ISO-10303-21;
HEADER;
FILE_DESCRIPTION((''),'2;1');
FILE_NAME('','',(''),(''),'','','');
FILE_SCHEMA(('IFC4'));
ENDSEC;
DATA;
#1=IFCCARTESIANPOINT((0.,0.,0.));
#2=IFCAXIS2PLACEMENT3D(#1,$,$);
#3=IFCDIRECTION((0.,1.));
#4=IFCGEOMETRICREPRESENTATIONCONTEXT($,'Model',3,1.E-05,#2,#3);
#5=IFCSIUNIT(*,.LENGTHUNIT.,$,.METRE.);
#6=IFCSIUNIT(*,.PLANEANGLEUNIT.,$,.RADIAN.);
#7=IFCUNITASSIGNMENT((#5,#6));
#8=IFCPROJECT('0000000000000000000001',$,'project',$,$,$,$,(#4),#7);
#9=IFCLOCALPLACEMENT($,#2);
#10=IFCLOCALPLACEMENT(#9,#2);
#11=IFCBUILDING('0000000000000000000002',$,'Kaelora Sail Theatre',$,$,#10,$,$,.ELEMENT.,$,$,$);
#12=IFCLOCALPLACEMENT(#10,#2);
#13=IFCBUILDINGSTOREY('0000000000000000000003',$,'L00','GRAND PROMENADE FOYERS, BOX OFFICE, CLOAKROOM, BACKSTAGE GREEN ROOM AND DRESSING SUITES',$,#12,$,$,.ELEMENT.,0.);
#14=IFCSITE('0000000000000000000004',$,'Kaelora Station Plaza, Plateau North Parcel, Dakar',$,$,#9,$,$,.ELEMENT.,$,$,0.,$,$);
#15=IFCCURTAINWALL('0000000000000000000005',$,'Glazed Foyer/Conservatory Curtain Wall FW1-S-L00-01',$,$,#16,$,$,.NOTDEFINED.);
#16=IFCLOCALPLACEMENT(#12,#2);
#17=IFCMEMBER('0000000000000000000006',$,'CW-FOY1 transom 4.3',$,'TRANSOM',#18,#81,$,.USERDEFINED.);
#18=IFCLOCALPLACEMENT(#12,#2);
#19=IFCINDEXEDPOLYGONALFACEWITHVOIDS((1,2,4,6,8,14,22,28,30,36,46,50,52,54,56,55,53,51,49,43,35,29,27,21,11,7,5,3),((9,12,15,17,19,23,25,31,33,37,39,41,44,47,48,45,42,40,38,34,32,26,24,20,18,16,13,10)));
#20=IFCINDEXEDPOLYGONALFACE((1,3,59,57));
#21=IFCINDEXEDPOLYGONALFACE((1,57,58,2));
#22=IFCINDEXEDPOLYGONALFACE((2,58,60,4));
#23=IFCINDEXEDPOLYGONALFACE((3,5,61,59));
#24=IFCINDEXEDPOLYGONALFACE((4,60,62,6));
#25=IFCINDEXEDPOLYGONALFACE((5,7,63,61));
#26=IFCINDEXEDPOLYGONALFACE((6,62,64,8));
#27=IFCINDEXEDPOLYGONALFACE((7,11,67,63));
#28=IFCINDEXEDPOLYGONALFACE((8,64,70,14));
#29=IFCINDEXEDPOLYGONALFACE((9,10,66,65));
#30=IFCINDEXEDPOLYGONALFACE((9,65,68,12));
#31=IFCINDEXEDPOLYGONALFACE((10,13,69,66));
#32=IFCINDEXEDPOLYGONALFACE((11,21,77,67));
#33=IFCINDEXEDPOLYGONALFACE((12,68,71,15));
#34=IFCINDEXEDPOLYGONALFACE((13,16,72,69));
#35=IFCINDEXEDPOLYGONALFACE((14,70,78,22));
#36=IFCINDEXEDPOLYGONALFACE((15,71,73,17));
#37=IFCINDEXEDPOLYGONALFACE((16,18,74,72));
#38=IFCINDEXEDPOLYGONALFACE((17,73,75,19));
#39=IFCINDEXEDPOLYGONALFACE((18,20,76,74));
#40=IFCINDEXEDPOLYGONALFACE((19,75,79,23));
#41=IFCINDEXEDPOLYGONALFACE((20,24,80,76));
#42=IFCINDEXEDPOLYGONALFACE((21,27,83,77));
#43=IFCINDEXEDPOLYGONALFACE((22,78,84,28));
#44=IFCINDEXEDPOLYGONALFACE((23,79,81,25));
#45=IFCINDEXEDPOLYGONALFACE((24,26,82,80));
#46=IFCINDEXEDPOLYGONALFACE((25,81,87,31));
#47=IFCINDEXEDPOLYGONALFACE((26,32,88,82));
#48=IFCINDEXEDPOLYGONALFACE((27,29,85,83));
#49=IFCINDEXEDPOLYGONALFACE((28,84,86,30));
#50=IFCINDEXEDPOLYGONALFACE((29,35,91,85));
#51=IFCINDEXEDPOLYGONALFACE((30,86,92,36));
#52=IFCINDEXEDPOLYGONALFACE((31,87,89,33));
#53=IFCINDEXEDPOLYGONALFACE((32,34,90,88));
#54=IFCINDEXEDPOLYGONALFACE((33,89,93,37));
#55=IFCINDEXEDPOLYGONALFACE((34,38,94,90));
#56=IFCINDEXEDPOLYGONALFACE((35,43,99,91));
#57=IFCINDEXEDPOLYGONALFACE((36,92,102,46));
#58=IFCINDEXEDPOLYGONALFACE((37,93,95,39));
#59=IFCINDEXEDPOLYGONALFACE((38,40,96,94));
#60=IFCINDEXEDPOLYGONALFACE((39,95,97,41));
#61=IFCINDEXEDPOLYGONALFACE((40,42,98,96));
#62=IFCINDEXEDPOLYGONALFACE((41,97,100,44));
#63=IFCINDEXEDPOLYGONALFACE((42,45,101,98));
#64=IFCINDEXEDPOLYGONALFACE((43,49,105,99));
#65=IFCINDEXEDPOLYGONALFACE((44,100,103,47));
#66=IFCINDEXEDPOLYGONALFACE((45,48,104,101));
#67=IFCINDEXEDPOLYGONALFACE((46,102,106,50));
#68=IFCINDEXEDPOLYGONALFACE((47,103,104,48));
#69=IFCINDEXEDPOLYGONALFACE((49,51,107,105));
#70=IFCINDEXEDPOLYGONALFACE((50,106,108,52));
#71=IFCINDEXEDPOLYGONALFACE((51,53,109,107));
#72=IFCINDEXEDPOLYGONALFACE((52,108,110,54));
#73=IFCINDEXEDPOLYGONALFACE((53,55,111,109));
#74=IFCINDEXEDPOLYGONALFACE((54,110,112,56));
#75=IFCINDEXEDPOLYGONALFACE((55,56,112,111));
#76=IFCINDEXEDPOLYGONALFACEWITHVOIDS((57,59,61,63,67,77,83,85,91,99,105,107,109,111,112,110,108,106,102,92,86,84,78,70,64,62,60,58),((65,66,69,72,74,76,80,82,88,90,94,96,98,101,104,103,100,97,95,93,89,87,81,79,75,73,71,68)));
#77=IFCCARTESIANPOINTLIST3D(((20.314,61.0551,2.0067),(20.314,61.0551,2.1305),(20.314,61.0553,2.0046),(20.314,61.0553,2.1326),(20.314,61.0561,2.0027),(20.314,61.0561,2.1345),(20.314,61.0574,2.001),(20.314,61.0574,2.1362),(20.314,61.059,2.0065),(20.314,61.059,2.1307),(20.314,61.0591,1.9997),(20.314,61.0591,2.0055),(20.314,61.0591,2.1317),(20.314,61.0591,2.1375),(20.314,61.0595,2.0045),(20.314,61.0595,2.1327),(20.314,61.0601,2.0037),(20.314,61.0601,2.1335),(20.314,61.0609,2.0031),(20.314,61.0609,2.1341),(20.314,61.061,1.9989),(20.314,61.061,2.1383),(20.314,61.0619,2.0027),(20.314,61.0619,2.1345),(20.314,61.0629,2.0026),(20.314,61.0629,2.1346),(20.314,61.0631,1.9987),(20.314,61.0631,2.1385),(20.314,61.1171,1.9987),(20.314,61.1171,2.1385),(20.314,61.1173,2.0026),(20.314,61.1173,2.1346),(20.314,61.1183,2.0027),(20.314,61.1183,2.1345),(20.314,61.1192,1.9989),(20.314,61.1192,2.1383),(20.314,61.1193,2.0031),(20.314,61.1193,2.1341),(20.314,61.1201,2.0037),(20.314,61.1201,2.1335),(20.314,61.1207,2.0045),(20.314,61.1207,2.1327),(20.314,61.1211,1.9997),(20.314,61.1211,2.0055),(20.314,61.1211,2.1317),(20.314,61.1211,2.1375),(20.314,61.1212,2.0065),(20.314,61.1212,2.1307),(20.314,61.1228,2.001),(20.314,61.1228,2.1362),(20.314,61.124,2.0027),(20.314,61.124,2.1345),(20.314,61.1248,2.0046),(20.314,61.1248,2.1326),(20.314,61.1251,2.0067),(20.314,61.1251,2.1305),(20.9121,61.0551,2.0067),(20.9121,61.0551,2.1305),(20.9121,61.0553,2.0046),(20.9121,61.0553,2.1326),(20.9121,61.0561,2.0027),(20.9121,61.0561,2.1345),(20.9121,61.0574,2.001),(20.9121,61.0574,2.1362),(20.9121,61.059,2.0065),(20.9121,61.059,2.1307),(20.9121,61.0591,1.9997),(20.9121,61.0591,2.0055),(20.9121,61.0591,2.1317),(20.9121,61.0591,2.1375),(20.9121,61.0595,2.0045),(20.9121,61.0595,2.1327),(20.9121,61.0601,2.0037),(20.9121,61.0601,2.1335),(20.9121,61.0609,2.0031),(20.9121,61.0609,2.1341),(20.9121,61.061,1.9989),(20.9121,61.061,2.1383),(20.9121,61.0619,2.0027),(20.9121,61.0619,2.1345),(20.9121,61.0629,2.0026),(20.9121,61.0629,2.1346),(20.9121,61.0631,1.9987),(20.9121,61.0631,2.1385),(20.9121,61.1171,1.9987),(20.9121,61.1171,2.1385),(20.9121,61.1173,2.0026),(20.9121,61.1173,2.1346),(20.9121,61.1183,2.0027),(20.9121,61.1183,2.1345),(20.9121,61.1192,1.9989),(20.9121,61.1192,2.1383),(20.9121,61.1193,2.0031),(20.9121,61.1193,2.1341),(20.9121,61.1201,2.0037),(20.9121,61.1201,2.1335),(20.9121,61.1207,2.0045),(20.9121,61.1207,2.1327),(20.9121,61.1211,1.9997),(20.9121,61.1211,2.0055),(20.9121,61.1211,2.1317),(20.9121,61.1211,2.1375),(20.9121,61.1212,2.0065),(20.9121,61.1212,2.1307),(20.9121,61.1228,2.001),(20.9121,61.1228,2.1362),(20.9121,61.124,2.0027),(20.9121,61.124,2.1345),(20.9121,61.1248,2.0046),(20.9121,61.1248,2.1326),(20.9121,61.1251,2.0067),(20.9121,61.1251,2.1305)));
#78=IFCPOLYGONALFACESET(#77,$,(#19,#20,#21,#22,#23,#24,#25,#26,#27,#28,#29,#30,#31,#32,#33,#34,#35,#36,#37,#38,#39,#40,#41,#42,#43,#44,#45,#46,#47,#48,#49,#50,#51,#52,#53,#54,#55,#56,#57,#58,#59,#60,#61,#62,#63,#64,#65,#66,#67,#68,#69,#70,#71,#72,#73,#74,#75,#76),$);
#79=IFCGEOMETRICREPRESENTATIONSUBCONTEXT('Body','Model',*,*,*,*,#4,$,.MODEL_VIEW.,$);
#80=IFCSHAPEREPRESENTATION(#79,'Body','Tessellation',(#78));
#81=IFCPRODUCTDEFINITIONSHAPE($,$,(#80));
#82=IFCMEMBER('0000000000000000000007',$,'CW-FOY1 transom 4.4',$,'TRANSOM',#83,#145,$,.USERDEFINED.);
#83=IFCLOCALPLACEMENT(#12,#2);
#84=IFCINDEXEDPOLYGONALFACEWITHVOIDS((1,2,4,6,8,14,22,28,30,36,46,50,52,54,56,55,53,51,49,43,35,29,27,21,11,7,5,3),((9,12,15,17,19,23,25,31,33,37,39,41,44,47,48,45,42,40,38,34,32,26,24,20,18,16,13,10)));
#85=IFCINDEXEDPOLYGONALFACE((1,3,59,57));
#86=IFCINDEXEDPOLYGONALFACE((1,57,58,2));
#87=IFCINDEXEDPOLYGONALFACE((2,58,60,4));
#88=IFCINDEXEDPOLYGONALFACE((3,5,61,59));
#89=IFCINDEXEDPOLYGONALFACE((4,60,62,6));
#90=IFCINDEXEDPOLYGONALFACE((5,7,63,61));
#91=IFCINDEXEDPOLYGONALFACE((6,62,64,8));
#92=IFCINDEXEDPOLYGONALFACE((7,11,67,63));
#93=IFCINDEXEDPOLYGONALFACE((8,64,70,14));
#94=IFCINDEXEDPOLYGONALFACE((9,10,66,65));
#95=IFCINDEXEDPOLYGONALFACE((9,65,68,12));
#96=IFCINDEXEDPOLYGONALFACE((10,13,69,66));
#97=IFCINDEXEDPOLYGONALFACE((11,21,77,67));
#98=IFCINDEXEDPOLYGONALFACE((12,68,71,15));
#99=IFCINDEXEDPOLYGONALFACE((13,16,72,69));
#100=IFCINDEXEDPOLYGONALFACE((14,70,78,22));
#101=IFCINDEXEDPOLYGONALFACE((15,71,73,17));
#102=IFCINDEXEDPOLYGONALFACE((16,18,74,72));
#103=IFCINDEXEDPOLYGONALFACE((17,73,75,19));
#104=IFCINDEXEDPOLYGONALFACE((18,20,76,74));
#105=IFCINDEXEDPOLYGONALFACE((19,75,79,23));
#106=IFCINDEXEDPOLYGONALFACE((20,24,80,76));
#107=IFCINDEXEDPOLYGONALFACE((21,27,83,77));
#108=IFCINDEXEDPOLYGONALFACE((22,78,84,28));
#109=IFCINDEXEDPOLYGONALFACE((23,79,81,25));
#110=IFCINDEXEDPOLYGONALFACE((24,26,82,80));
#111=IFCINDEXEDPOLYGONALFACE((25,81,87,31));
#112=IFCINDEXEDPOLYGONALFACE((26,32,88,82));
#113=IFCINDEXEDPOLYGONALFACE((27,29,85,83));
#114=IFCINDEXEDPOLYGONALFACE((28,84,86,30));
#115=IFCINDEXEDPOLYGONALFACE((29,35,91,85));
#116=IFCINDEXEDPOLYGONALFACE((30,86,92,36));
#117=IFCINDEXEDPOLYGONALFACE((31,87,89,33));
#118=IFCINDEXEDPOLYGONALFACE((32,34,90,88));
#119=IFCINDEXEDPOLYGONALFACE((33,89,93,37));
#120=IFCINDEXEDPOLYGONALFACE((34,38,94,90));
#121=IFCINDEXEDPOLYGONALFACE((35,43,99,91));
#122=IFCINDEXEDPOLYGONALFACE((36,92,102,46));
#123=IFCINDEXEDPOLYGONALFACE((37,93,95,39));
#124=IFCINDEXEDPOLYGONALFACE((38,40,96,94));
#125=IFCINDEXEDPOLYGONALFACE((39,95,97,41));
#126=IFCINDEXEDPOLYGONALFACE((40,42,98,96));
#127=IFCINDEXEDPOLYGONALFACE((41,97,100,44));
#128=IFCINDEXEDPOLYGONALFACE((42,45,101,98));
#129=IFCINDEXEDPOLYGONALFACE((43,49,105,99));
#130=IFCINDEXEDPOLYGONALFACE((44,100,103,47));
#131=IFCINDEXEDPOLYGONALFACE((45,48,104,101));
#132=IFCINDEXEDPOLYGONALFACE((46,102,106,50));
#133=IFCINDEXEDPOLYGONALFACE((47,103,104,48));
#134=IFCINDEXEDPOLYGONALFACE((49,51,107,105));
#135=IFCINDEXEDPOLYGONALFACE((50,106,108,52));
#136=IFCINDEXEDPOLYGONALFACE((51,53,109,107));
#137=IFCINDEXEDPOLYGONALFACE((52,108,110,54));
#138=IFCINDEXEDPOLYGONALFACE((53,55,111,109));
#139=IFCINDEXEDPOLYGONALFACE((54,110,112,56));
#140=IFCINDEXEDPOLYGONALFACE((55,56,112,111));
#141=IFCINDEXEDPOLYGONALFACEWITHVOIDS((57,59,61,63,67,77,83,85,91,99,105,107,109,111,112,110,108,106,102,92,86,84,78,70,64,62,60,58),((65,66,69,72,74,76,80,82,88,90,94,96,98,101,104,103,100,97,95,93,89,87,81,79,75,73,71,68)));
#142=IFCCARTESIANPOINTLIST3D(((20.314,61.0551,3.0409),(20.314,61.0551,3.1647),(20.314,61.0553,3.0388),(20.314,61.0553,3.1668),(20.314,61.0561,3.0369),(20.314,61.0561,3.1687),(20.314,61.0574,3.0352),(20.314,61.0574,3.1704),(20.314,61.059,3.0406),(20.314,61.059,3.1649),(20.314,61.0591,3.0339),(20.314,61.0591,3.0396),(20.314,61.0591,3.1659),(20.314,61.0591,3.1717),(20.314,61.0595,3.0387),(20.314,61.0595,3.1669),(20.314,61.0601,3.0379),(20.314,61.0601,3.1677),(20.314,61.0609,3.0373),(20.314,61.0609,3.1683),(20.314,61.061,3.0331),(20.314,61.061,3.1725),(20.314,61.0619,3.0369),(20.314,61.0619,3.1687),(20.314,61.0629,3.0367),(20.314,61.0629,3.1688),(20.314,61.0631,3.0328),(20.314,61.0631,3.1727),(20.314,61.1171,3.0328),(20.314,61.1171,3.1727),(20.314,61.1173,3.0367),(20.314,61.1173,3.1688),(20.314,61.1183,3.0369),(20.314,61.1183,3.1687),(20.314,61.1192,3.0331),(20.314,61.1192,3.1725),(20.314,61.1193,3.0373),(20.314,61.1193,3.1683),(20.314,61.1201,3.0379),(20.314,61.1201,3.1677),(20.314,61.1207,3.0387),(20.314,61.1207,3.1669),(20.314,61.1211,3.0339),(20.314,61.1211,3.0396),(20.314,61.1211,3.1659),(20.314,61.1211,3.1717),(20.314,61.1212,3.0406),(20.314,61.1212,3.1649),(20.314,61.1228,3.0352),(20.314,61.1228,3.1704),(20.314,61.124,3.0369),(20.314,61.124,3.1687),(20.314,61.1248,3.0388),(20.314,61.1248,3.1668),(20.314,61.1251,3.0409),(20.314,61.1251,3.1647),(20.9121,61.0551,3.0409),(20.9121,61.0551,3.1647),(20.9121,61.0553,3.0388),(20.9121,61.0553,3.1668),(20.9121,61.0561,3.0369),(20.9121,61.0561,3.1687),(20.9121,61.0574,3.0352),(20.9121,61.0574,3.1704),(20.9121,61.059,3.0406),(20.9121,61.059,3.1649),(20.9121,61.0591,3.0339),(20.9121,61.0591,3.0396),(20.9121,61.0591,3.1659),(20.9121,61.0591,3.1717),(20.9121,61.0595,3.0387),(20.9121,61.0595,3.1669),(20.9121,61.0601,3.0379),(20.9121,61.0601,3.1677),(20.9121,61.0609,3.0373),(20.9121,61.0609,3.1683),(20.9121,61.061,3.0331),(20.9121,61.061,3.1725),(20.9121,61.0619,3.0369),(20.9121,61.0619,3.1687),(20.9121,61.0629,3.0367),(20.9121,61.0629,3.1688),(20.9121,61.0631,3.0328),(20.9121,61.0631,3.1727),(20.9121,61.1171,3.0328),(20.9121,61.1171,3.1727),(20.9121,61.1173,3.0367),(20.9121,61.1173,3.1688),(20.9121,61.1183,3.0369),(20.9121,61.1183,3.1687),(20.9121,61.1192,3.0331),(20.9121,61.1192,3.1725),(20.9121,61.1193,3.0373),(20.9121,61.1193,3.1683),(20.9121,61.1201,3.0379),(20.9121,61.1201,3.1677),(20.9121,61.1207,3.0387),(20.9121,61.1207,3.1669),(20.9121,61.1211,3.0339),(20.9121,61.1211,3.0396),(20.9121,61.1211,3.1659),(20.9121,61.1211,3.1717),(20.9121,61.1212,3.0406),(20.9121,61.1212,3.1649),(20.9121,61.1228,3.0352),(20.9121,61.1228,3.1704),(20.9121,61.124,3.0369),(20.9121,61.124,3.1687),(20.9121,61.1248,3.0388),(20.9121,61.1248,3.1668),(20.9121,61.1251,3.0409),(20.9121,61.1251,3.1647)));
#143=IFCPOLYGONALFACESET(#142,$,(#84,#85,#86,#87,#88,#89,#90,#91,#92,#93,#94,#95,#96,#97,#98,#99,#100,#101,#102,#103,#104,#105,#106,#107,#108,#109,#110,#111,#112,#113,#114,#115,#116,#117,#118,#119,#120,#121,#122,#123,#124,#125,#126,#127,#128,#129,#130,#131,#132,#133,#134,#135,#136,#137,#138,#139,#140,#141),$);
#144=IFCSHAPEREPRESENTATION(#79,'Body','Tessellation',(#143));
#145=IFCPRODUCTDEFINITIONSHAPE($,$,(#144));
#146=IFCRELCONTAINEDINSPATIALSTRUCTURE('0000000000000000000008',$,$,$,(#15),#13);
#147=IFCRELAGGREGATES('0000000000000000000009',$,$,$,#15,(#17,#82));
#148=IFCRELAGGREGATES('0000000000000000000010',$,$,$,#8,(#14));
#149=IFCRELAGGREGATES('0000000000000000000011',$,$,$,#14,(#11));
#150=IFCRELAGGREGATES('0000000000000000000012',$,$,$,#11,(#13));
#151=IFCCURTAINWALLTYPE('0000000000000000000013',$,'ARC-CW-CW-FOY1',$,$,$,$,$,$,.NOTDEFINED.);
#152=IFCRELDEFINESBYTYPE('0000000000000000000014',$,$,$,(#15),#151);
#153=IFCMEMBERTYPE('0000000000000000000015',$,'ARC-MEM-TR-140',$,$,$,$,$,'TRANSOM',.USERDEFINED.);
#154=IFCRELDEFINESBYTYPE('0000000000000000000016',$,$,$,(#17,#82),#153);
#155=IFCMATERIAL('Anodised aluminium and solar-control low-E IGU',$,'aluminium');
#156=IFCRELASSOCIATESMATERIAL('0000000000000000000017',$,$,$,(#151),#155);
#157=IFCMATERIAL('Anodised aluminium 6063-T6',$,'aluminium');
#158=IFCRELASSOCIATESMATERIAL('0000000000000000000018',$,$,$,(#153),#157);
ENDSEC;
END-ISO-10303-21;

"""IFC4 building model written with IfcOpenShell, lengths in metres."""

from ifc_helpers import new_model, si_unit, direction, frame, origin, origin_2d, place, context, subcontext, project, spatial, hollow_rectangle, extrude, material, material_profile, profile_set, type_object, element, aggregate, save


model = new_model("IFC4")

# Units and contexts
model_context = context("Model", 3, precision=1e-05, world=origin(), true_north=direction((0.0, 1.0)))
body_context = subcontext(model_context, "Body", "Model", "MODEL_VIEW")
ifc_project = project(units=[si_unit("LENGTHUNIT", "METRE"), si_unit("PLANEANGLEUNIT", "RADIAN")], contexts=[model_context])

# Site, building, storey
site_placement = place(None, origin())
site = spatial("IfcSite", under=ifc_project, at=site_placement, Name="Kaelora Station Plaza, Plateau North Parcel, Dakar", CompositionType="ELEMENT", RefElevation=0.0)
building_placement = place(site_placement, origin())
building = spatial("IfcBuilding", under=site, at=building_placement, Name="Kaelora Sail Theatre", CompositionType="ELEMENT")
storey_placement = place(building_placement, origin())
storey = spatial("IfcBuildingStorey", under=building, at=storey_placement, Name="L00", Description="GRAND PROMENADE FOYERS, BOX OFFICE, CLOAKROOM, BACKSTAGE GREEN ROOM AND DRESSING SUITES", CompositionType="ELEMENT", Elevation=0.0)

# Curtain wall, members
ifc_material_1 = material(Name="Anodised aluminium and solar-control low-E IGU", Category="aluminium")
curtain_wall_type = type_object("IfcCurtainWallType", Name="ARC-CW-CW-FOY1", PredefinedType="NOTDEFINED", material=ifc_material_1)
curtain_wall_placement = place(storey_placement, origin())
curtain_wall = element("IfcCurtainWall", 1, at=curtain_wall_placement, inside=storey, type_object=curtain_wall_type, Name="Glazed Foyer/Conservatory Curtain Wall FW1-S-L00-01", PredefinedType="NOTDEFINED")
ifc_material_2 = material(Name="Anodised aluminium 6063-T6", Category="aluminium")
ifc_material_profile = material_profile(ifc_material_2, hollow_rectangle(XDim=0.0701, YDim=0.1399, WallThickness=0.0039, InnerFilletRadius=0.0039, OuterFilletRadius=0.0081, at=origin_2d()), Name="ALU-TRAN 70x140x4")
ifc_profile_set = profile_set([ifc_material_profile], Name="Anodised aluminium 6063-T6")
member_type = type_object("IfcMemberType", Name="ARC-MEM-TR-140", ElementType="TRANSOM", PredefinedType="USERDEFINED", material=ifc_profile_set)
member_1_placement = place(storey_placement, frame((20.314, 61.0901, 2.0686), z_axis=(1.0, 0.0, 0.0), x_axis=(0.0, 1.0, 0.0)))
member_1 = element("IfcMember", 2, at=member_1_placement, type_object=member_type, Name="CW-FOY1 transom 4.3", ObjectType="TRANSOM", PredefinedType="USERDEFINED", context=body_context, shape_type="SweptSolid", body=[
    extrude(hollow_rectangle(XDim=0.0701, YDim=0.1399, WallThickness=0.0039, InnerFilletRadius=0.0039, OuterFilletRadius=0.0081, at=origin_2d()), origin(), (0.0, 0.0, 1.0), 0.5981),
])
member_2_placement = place(storey_placement, frame((20.314, 61.0901, 3.1028), z_axis=(1.0, 0.0, 0.0), x_axis=(0.0, 1.0, 0.0)))
member_2 = element("IfcMember", 3, at=member_2_placement, type_object=member_type, Name="CW-FOY1 transom 4.4", ObjectType="TRANSOM", PredefinedType="USERDEFINED", context=body_context, shape_type="SweptSolid", body=[
    extrude(hollow_rectangle(XDim=0.0701, YDim=0.1399, WallThickness=0.0039, InnerFilletRadius=0.0039, OuterFilletRadius=0.0081, at=origin_2d()), origin(), (0.0, 0.0, 1.0), 0.5981),
])
aggregate(curtain_wall, [member_1, member_2])

save(model, "model.ifc")
